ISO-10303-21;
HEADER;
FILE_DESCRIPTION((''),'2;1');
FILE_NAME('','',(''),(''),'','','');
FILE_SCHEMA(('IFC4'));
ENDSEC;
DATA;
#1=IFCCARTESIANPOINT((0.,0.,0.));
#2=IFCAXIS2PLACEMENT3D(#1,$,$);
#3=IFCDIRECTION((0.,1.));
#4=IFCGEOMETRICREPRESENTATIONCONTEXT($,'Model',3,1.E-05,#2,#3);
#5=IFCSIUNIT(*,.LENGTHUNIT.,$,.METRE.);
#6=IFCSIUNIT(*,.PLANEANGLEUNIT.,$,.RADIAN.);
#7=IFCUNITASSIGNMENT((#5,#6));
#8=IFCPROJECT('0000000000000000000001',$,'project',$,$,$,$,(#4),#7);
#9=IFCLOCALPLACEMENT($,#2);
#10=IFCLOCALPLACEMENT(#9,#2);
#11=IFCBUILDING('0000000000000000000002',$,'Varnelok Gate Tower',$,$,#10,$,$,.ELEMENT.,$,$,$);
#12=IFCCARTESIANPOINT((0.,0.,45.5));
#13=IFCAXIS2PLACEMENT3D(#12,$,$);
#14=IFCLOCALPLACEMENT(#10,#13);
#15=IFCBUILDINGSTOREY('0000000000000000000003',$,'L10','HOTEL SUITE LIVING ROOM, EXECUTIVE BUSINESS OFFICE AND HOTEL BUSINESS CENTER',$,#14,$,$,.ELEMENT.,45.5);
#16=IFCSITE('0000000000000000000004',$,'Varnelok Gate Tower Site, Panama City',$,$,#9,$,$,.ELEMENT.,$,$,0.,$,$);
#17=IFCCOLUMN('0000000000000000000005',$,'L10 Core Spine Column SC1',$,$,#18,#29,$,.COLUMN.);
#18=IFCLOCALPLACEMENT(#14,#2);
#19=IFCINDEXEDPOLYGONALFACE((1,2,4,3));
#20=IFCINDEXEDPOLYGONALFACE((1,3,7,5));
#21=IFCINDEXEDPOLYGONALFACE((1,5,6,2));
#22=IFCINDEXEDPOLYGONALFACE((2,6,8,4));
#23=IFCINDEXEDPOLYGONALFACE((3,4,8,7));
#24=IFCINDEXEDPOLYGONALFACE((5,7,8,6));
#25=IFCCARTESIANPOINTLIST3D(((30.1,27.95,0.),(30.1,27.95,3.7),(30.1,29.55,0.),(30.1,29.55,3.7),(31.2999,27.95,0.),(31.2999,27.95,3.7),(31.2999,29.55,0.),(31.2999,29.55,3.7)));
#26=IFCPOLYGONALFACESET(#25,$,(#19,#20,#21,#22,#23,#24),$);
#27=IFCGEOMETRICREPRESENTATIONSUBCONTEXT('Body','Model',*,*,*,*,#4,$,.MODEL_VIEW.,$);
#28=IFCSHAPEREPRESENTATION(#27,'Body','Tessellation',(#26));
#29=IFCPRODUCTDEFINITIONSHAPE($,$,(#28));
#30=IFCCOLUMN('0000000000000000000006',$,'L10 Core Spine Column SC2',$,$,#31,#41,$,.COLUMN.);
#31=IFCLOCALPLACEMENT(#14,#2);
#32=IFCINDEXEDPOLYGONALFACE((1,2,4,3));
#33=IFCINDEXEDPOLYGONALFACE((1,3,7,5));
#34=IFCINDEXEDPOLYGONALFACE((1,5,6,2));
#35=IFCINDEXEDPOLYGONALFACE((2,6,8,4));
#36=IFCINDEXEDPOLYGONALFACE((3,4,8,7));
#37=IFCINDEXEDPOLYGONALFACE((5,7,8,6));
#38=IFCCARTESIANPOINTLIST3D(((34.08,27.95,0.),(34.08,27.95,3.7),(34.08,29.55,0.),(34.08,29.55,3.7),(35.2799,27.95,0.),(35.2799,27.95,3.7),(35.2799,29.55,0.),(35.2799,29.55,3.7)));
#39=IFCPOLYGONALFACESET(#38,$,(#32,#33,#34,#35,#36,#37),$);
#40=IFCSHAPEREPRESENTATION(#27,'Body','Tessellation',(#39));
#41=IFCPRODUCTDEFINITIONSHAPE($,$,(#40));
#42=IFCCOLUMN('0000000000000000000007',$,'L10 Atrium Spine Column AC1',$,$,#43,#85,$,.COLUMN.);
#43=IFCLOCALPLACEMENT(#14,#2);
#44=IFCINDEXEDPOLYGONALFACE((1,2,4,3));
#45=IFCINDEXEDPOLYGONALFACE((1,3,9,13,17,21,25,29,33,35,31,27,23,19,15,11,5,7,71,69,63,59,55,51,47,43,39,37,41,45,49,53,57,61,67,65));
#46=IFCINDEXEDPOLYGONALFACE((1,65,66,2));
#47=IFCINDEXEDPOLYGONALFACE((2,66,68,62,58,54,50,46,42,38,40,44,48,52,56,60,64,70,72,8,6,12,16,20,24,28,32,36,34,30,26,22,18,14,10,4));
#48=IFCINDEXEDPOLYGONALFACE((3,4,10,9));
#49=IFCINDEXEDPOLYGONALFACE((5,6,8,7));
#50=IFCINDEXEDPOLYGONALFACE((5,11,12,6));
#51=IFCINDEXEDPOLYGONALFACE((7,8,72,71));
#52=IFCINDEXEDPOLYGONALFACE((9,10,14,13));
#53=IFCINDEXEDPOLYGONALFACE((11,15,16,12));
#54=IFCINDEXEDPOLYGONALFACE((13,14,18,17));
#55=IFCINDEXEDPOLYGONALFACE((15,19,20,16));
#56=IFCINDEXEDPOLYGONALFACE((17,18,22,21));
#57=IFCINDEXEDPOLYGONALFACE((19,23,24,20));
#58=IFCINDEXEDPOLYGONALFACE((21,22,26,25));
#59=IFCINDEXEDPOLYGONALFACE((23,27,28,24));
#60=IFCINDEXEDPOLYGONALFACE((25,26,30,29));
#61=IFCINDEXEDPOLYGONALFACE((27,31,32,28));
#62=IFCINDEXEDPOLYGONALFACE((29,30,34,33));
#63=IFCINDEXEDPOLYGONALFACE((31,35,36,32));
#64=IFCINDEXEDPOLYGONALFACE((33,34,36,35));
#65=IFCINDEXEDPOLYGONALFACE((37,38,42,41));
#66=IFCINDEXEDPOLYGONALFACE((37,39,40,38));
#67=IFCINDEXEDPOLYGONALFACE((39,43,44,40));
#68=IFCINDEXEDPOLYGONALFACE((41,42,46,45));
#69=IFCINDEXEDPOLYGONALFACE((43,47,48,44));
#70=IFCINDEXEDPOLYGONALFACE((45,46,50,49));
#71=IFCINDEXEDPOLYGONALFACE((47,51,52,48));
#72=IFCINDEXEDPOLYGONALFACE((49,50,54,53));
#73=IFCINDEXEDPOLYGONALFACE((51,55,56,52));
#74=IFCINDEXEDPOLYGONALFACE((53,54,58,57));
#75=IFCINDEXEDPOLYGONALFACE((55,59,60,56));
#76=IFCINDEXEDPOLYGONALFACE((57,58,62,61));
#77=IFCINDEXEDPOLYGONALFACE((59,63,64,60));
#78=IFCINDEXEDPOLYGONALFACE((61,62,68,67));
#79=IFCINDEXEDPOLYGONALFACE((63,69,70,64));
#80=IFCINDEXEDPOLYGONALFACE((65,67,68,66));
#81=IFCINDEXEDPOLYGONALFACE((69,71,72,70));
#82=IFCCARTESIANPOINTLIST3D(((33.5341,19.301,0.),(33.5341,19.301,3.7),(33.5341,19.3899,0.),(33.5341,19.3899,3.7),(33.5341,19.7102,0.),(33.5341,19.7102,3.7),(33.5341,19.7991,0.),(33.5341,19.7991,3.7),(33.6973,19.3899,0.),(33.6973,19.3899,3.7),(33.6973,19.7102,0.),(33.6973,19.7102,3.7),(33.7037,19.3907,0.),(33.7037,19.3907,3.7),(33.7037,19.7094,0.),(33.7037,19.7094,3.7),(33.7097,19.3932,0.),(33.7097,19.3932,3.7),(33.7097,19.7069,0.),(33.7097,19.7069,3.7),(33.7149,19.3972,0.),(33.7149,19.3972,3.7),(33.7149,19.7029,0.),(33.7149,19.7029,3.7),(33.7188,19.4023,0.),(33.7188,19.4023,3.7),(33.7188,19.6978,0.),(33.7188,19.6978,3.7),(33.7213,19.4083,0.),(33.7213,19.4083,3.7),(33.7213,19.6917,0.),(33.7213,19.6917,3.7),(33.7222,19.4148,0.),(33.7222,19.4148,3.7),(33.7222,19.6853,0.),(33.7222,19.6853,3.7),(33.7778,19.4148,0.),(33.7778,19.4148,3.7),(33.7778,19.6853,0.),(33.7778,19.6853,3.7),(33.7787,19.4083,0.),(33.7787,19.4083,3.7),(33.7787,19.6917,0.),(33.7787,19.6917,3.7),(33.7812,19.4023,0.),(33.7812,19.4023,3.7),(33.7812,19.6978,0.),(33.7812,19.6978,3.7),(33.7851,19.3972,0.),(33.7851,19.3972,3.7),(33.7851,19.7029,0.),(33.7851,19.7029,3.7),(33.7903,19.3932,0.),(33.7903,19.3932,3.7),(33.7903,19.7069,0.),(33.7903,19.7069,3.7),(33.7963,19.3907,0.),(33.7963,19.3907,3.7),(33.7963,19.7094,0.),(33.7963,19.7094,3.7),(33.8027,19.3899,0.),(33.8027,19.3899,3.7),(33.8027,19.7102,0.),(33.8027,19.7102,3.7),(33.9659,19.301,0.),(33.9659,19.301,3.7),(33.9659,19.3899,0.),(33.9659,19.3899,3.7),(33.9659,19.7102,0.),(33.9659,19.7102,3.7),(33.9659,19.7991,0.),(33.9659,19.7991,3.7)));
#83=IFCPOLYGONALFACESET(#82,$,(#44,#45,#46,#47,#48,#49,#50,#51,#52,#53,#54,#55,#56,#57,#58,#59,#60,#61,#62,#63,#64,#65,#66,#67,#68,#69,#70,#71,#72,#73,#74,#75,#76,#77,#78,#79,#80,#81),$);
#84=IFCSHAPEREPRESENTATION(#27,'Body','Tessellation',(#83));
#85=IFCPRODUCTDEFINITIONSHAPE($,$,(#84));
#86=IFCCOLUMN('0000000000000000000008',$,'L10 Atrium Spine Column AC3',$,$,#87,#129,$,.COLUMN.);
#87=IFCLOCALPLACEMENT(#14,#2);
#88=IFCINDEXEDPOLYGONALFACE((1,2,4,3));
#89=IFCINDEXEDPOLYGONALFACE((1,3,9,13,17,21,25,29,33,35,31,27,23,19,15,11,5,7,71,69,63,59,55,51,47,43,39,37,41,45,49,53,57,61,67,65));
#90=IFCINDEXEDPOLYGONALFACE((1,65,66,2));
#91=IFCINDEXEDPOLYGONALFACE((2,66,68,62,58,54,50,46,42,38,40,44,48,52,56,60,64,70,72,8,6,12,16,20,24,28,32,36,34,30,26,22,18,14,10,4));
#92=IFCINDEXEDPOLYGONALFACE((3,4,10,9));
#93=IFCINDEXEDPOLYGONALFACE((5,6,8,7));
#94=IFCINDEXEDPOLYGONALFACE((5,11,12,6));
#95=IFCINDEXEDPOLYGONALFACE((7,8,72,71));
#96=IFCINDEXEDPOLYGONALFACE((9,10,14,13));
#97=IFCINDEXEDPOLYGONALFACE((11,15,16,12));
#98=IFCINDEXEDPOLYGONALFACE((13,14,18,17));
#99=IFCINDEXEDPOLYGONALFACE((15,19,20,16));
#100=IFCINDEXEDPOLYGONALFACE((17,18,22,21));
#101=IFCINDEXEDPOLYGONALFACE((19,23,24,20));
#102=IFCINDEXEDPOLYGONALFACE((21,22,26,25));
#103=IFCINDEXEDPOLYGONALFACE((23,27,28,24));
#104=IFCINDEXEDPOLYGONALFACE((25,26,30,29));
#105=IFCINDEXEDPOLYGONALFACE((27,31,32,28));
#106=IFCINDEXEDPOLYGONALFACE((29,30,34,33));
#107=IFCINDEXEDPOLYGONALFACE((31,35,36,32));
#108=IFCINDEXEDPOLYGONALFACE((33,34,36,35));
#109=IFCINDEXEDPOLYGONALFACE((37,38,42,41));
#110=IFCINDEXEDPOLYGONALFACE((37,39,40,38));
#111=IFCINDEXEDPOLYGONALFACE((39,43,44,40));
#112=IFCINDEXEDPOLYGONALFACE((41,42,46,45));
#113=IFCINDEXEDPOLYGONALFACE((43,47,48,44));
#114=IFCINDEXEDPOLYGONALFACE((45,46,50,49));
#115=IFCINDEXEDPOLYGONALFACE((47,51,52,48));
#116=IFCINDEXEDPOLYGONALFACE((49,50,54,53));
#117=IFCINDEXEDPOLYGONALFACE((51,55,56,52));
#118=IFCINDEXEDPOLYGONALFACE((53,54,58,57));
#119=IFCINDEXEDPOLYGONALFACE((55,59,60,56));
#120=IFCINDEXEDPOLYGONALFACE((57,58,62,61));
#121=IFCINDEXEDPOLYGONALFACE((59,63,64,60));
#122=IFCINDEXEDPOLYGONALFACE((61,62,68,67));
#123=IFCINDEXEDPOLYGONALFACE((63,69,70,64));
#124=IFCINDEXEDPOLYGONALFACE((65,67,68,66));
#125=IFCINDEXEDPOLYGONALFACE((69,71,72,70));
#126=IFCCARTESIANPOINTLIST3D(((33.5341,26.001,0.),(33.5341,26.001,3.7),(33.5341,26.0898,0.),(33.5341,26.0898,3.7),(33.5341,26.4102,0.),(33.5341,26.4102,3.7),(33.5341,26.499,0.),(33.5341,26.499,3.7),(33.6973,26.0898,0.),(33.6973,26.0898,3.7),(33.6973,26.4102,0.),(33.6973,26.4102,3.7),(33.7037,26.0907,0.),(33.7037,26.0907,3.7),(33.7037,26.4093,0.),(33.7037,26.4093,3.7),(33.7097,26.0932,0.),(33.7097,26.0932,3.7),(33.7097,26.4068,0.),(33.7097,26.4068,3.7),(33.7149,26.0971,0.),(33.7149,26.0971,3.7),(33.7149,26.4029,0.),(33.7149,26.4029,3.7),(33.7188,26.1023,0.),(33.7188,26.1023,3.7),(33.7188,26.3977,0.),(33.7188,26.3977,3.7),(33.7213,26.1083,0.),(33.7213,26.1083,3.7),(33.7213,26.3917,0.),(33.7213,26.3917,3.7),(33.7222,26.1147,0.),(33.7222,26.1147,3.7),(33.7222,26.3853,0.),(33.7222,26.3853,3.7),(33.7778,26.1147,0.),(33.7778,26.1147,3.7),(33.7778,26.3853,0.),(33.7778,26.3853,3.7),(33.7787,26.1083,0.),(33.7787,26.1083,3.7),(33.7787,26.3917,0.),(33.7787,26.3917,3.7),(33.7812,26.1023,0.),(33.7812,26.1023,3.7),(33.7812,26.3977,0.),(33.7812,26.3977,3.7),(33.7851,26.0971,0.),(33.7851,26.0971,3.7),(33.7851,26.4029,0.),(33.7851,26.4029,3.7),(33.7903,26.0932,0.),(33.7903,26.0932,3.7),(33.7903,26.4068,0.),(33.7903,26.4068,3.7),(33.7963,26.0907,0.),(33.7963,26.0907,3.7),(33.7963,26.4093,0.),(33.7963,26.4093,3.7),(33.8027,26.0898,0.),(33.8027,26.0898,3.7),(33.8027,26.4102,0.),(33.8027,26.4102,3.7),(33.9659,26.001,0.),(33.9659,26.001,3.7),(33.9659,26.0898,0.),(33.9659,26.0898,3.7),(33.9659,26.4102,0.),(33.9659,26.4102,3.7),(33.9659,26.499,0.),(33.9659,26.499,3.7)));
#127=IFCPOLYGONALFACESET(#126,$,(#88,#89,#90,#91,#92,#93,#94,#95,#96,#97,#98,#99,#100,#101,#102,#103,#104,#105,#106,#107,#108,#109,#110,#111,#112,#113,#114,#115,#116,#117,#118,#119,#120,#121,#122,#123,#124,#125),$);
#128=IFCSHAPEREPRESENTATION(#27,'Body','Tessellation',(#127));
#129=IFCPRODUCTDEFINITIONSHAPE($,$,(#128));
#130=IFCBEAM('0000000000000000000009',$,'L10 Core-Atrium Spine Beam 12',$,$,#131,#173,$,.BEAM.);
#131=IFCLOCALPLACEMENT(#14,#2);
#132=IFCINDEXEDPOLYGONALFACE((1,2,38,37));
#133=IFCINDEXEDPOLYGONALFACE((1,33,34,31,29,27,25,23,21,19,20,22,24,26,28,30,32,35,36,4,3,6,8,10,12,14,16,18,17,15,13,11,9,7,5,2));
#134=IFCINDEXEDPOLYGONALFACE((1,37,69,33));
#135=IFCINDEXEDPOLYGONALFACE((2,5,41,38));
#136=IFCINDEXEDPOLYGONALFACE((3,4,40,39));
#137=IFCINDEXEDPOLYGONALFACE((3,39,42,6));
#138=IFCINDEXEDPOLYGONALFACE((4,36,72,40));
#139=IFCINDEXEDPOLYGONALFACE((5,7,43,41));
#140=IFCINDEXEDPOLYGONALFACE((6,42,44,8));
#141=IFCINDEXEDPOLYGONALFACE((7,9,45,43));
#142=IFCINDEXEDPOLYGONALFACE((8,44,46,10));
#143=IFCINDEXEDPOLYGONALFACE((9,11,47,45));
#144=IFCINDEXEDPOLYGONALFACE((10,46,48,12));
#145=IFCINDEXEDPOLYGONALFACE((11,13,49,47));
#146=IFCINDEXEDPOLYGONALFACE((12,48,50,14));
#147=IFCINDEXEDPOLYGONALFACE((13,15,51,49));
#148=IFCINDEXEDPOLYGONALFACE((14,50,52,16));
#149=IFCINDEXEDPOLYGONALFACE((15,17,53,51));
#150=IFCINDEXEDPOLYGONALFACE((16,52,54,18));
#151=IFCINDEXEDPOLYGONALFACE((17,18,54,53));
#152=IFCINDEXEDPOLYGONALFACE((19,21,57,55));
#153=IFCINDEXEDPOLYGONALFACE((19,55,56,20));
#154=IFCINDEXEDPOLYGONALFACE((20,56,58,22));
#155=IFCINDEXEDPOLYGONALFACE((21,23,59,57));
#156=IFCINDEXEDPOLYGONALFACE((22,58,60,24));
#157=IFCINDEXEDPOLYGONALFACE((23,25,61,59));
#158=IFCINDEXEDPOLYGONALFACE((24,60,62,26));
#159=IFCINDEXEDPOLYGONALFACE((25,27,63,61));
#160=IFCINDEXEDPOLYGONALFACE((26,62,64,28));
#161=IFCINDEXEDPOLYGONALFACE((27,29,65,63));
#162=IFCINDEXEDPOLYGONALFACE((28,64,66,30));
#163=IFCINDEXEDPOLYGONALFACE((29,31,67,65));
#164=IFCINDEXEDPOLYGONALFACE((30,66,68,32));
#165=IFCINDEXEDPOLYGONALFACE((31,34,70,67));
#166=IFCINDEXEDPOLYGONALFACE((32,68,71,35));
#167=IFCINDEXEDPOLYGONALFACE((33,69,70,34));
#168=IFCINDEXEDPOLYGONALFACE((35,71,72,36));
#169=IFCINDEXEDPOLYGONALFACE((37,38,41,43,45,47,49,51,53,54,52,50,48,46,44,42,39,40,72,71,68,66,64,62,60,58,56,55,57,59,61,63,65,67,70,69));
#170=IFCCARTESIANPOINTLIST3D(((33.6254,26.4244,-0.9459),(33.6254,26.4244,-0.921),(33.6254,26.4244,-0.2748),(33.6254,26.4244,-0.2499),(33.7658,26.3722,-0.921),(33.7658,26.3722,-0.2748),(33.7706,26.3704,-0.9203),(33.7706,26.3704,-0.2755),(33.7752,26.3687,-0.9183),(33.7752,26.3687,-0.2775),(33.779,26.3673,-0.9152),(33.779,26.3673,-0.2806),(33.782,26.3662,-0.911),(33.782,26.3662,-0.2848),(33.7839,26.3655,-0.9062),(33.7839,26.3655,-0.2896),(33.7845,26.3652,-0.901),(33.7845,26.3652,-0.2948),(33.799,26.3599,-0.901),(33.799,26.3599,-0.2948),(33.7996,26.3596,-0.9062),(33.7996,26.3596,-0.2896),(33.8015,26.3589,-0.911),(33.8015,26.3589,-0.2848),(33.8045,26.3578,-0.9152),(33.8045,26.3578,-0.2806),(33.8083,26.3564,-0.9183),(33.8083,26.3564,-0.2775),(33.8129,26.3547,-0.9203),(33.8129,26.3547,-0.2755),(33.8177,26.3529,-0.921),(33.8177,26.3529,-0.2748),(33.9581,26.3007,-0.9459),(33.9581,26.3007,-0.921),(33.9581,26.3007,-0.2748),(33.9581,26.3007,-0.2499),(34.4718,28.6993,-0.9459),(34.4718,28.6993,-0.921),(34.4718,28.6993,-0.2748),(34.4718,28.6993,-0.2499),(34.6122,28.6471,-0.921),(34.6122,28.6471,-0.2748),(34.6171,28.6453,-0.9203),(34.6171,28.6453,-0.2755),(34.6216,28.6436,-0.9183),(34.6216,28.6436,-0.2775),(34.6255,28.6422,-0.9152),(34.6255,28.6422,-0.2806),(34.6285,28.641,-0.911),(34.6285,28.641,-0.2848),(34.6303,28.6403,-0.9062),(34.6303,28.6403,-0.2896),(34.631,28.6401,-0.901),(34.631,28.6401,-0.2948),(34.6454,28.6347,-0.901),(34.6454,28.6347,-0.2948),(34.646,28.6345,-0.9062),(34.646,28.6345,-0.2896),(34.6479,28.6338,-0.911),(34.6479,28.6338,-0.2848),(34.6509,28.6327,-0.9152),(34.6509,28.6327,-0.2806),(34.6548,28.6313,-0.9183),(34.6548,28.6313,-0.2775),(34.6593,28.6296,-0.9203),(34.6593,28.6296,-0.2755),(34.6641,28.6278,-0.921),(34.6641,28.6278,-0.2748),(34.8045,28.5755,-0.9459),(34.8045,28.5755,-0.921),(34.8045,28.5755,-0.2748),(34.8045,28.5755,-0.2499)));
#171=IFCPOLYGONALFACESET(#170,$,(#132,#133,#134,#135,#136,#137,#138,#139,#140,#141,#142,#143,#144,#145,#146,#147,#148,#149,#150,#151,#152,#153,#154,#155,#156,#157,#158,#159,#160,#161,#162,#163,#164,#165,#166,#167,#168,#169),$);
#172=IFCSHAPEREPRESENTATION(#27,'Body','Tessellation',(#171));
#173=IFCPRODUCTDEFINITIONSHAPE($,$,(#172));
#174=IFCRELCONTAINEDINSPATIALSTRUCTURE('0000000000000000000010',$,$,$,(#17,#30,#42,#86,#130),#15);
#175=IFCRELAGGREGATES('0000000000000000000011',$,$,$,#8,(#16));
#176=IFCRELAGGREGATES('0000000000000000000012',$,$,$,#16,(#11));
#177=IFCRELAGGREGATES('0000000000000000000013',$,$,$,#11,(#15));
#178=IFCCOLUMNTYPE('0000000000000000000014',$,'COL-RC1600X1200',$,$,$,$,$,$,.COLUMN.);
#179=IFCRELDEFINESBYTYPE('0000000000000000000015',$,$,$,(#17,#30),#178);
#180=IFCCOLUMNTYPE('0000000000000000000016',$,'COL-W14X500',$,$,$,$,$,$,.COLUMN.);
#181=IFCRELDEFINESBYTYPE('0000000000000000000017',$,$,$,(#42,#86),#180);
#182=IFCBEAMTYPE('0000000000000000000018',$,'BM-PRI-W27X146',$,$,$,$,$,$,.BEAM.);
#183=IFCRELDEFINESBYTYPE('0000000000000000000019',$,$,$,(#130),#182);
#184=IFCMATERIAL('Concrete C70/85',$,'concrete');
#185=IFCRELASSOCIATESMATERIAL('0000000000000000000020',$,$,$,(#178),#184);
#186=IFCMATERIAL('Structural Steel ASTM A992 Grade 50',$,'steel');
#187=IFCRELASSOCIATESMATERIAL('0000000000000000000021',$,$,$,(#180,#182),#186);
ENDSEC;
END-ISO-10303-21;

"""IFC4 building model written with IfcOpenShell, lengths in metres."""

from ifc_helpers import new_model, si_unit, direction, frame, origin, origin_2d, place, context, subcontext, project, spatial, rectangle, i_section, extrude, material, material_profile, profile_set, type_object, element, save


model = new_model("IFC4")

# Units and contexts
model_context = context("Model", 3, precision=1e-05, world=origin(), true_north=direction((0.0, 1.0)))
body_context = subcontext(model_context, "Body", "Model", "MODEL_VIEW")
ifc_project = project(units=[si_unit("LENGTHUNIT", "METRE"), si_unit("PLANEANGLEUNIT", "RADIAN")], contexts=[model_context])

# Site, building, storey
site_placement = place(None, origin())
site = spatial("IfcSite", under=ifc_project, at=site_placement, Name="Varnelok Gate Tower Site, Panama City", CompositionType="ELEMENT", RefElevation=0.0)
building_placement = place(site_placement, origin())
building = spatial("IfcBuilding", under=site, at=building_placement, Name="Varnelok Gate Tower", CompositionType="ELEMENT")
storey_placement = place(building_placement, frame((0.0, 0.0, 45.5)))
storey = spatial("IfcBuildingStorey", under=building, at=storey_placement, Name="L10", Description="HOTEL SUITE LIVING ROOM, EXECUTIVE BUSINESS OFFICE AND HOTEL BUSINESS CENTER", CompositionType="ELEMENT", Elevation=45.5)

# Columns
ifc_material_1 = material(Name="Concrete C70/85", Category="concrete")
ifc_material_profile_1 = material_profile(ifc_material_1, rectangle(XDim=1.2, YDim=1.6001, at=origin_2d()), Name="RC1600X1200")
ifc_profile_set_1 = profile_set([ifc_material_profile_1], Name="Concrete C70/85")
column_type_1 = type_object("IfcColumnType", Name="COL-RC1600X1200", PredefinedType="COLUMN", material=ifc_profile_set_1)
for number, where, z_axis, x_axis, name in (
    (1, (30.7, 28.75, 0.0), (0.0, 0.0, 1.0), (1.0, 0.0, 0.0), "L10 Core Spine Column SC1"),
    (2, (34.6799, 28.75, 0.0), (0.0, 0.0, 1.0), (1.0, 0.0, 0.0), "L10 Core Spine Column SC2"),
):
    element("IfcColumn", number, at=place(storey_placement, frame(where, z_axis=z_axis, x_axis=x_axis)), inside=storey, type_object=column_type_1, Name=name, PredefinedType="COLUMN", context=body_context, shape_type="SweptSolid", body=[
        extrude(rectangle(XDim=1.2, YDim=1.6001, at=origin_2d()), origin(), (0.0, 0.0, 1.0), 3.7),
    ])
ifc_material_2 = material(Name="Structural Steel ASTM A992 Grade 50", Category="steel")
ifc_material_profile_2 = material_profile(ifc_material_2, i_section(OverallWidth=0.4319, OverallDepth=0.498, WebThickness=0.0557, FlangeThickness=0.0889, FilletRadius=0.0249, at=origin_2d()), Name="W14X500")
ifc_profile_set_2 = profile_set([ifc_material_profile_2], Name="Structural Steel ASTM A992 Grade 50")
column_type_2 = type_object("IfcColumnType", Name="COL-W14X500", PredefinedType="COLUMN", material=ifc_profile_set_2)
for number, where, z_axis, x_axis, name in (
    (3, (33.75, 19.55, 0.0), (0.0, 0.0, 1.0), (1.0, 0.0, 0.0), "L10 Atrium Spine Column AC1"),
    (4, (33.75, 26.25, 0.0), (0.0, 0.0, 1.0), (1.0, 0.0, 0.0), "L10 Atrium Spine Column AC3"),
):
    element("IfcColumn", number, at=place(storey_placement, frame(where, z_axis=z_axis, x_axis=x_axis)), inside=storey, type_object=column_type_2, Name=name, PredefinedType="COLUMN", context=body_context, shape_type="SweptSolid", body=[
        extrude(i_section(OverallWidth=0.4319, OverallDepth=0.498, WebThickness=0.0557, FlangeThickness=0.0889, FilletRadius=0.0249, at=origin_2d()), origin(), (0.0, 0.0, 1.0), 3.7),
    ])

# Beam
ifc_material_profile_3 = material_profile(ifc_material_2, i_section(OverallWidth=0.355, OverallDepth=0.696, WebThickness=0.0154, FlangeThickness=0.0249, FilletRadius=0.02, at=origin_2d()), Name="W27X146")
ifc_profile_set_3 = profile_set([ifc_material_profile_3], Name="Structural Steel ASTM A992 Grade 50")
beam_type_1 = type_object("IfcBeamType", Name="BM-PRI-W27X146", PredefinedType="BEAM", material=ifc_profile_set_3)
beam_1_placement = place(storey_placement, frame((33.7917, 26.3625, -0.5979), z_axis=(0.348719, 0.937227, 0.0), x_axis=(-0.937227, 0.348719, 0.0)))
element("IfcBeam", 5, at=beam_1_placement, inside=storey, type_object=beam_type_1, Name="L10 Core-Atrium Spine Beam 12", PredefinedType="BEAM", context=body_context, shape_type="SweptSolid", body=[
    extrude(i_section(OverallWidth=0.355, OverallDepth=0.696, WebThickness=0.0154, FlangeThickness=0.0249, FilletRadius=0.02, at=origin_2d()), origin(), (0.0, 0.0, 1.0), 2.4272),
])

save(model, "model.ifc")
